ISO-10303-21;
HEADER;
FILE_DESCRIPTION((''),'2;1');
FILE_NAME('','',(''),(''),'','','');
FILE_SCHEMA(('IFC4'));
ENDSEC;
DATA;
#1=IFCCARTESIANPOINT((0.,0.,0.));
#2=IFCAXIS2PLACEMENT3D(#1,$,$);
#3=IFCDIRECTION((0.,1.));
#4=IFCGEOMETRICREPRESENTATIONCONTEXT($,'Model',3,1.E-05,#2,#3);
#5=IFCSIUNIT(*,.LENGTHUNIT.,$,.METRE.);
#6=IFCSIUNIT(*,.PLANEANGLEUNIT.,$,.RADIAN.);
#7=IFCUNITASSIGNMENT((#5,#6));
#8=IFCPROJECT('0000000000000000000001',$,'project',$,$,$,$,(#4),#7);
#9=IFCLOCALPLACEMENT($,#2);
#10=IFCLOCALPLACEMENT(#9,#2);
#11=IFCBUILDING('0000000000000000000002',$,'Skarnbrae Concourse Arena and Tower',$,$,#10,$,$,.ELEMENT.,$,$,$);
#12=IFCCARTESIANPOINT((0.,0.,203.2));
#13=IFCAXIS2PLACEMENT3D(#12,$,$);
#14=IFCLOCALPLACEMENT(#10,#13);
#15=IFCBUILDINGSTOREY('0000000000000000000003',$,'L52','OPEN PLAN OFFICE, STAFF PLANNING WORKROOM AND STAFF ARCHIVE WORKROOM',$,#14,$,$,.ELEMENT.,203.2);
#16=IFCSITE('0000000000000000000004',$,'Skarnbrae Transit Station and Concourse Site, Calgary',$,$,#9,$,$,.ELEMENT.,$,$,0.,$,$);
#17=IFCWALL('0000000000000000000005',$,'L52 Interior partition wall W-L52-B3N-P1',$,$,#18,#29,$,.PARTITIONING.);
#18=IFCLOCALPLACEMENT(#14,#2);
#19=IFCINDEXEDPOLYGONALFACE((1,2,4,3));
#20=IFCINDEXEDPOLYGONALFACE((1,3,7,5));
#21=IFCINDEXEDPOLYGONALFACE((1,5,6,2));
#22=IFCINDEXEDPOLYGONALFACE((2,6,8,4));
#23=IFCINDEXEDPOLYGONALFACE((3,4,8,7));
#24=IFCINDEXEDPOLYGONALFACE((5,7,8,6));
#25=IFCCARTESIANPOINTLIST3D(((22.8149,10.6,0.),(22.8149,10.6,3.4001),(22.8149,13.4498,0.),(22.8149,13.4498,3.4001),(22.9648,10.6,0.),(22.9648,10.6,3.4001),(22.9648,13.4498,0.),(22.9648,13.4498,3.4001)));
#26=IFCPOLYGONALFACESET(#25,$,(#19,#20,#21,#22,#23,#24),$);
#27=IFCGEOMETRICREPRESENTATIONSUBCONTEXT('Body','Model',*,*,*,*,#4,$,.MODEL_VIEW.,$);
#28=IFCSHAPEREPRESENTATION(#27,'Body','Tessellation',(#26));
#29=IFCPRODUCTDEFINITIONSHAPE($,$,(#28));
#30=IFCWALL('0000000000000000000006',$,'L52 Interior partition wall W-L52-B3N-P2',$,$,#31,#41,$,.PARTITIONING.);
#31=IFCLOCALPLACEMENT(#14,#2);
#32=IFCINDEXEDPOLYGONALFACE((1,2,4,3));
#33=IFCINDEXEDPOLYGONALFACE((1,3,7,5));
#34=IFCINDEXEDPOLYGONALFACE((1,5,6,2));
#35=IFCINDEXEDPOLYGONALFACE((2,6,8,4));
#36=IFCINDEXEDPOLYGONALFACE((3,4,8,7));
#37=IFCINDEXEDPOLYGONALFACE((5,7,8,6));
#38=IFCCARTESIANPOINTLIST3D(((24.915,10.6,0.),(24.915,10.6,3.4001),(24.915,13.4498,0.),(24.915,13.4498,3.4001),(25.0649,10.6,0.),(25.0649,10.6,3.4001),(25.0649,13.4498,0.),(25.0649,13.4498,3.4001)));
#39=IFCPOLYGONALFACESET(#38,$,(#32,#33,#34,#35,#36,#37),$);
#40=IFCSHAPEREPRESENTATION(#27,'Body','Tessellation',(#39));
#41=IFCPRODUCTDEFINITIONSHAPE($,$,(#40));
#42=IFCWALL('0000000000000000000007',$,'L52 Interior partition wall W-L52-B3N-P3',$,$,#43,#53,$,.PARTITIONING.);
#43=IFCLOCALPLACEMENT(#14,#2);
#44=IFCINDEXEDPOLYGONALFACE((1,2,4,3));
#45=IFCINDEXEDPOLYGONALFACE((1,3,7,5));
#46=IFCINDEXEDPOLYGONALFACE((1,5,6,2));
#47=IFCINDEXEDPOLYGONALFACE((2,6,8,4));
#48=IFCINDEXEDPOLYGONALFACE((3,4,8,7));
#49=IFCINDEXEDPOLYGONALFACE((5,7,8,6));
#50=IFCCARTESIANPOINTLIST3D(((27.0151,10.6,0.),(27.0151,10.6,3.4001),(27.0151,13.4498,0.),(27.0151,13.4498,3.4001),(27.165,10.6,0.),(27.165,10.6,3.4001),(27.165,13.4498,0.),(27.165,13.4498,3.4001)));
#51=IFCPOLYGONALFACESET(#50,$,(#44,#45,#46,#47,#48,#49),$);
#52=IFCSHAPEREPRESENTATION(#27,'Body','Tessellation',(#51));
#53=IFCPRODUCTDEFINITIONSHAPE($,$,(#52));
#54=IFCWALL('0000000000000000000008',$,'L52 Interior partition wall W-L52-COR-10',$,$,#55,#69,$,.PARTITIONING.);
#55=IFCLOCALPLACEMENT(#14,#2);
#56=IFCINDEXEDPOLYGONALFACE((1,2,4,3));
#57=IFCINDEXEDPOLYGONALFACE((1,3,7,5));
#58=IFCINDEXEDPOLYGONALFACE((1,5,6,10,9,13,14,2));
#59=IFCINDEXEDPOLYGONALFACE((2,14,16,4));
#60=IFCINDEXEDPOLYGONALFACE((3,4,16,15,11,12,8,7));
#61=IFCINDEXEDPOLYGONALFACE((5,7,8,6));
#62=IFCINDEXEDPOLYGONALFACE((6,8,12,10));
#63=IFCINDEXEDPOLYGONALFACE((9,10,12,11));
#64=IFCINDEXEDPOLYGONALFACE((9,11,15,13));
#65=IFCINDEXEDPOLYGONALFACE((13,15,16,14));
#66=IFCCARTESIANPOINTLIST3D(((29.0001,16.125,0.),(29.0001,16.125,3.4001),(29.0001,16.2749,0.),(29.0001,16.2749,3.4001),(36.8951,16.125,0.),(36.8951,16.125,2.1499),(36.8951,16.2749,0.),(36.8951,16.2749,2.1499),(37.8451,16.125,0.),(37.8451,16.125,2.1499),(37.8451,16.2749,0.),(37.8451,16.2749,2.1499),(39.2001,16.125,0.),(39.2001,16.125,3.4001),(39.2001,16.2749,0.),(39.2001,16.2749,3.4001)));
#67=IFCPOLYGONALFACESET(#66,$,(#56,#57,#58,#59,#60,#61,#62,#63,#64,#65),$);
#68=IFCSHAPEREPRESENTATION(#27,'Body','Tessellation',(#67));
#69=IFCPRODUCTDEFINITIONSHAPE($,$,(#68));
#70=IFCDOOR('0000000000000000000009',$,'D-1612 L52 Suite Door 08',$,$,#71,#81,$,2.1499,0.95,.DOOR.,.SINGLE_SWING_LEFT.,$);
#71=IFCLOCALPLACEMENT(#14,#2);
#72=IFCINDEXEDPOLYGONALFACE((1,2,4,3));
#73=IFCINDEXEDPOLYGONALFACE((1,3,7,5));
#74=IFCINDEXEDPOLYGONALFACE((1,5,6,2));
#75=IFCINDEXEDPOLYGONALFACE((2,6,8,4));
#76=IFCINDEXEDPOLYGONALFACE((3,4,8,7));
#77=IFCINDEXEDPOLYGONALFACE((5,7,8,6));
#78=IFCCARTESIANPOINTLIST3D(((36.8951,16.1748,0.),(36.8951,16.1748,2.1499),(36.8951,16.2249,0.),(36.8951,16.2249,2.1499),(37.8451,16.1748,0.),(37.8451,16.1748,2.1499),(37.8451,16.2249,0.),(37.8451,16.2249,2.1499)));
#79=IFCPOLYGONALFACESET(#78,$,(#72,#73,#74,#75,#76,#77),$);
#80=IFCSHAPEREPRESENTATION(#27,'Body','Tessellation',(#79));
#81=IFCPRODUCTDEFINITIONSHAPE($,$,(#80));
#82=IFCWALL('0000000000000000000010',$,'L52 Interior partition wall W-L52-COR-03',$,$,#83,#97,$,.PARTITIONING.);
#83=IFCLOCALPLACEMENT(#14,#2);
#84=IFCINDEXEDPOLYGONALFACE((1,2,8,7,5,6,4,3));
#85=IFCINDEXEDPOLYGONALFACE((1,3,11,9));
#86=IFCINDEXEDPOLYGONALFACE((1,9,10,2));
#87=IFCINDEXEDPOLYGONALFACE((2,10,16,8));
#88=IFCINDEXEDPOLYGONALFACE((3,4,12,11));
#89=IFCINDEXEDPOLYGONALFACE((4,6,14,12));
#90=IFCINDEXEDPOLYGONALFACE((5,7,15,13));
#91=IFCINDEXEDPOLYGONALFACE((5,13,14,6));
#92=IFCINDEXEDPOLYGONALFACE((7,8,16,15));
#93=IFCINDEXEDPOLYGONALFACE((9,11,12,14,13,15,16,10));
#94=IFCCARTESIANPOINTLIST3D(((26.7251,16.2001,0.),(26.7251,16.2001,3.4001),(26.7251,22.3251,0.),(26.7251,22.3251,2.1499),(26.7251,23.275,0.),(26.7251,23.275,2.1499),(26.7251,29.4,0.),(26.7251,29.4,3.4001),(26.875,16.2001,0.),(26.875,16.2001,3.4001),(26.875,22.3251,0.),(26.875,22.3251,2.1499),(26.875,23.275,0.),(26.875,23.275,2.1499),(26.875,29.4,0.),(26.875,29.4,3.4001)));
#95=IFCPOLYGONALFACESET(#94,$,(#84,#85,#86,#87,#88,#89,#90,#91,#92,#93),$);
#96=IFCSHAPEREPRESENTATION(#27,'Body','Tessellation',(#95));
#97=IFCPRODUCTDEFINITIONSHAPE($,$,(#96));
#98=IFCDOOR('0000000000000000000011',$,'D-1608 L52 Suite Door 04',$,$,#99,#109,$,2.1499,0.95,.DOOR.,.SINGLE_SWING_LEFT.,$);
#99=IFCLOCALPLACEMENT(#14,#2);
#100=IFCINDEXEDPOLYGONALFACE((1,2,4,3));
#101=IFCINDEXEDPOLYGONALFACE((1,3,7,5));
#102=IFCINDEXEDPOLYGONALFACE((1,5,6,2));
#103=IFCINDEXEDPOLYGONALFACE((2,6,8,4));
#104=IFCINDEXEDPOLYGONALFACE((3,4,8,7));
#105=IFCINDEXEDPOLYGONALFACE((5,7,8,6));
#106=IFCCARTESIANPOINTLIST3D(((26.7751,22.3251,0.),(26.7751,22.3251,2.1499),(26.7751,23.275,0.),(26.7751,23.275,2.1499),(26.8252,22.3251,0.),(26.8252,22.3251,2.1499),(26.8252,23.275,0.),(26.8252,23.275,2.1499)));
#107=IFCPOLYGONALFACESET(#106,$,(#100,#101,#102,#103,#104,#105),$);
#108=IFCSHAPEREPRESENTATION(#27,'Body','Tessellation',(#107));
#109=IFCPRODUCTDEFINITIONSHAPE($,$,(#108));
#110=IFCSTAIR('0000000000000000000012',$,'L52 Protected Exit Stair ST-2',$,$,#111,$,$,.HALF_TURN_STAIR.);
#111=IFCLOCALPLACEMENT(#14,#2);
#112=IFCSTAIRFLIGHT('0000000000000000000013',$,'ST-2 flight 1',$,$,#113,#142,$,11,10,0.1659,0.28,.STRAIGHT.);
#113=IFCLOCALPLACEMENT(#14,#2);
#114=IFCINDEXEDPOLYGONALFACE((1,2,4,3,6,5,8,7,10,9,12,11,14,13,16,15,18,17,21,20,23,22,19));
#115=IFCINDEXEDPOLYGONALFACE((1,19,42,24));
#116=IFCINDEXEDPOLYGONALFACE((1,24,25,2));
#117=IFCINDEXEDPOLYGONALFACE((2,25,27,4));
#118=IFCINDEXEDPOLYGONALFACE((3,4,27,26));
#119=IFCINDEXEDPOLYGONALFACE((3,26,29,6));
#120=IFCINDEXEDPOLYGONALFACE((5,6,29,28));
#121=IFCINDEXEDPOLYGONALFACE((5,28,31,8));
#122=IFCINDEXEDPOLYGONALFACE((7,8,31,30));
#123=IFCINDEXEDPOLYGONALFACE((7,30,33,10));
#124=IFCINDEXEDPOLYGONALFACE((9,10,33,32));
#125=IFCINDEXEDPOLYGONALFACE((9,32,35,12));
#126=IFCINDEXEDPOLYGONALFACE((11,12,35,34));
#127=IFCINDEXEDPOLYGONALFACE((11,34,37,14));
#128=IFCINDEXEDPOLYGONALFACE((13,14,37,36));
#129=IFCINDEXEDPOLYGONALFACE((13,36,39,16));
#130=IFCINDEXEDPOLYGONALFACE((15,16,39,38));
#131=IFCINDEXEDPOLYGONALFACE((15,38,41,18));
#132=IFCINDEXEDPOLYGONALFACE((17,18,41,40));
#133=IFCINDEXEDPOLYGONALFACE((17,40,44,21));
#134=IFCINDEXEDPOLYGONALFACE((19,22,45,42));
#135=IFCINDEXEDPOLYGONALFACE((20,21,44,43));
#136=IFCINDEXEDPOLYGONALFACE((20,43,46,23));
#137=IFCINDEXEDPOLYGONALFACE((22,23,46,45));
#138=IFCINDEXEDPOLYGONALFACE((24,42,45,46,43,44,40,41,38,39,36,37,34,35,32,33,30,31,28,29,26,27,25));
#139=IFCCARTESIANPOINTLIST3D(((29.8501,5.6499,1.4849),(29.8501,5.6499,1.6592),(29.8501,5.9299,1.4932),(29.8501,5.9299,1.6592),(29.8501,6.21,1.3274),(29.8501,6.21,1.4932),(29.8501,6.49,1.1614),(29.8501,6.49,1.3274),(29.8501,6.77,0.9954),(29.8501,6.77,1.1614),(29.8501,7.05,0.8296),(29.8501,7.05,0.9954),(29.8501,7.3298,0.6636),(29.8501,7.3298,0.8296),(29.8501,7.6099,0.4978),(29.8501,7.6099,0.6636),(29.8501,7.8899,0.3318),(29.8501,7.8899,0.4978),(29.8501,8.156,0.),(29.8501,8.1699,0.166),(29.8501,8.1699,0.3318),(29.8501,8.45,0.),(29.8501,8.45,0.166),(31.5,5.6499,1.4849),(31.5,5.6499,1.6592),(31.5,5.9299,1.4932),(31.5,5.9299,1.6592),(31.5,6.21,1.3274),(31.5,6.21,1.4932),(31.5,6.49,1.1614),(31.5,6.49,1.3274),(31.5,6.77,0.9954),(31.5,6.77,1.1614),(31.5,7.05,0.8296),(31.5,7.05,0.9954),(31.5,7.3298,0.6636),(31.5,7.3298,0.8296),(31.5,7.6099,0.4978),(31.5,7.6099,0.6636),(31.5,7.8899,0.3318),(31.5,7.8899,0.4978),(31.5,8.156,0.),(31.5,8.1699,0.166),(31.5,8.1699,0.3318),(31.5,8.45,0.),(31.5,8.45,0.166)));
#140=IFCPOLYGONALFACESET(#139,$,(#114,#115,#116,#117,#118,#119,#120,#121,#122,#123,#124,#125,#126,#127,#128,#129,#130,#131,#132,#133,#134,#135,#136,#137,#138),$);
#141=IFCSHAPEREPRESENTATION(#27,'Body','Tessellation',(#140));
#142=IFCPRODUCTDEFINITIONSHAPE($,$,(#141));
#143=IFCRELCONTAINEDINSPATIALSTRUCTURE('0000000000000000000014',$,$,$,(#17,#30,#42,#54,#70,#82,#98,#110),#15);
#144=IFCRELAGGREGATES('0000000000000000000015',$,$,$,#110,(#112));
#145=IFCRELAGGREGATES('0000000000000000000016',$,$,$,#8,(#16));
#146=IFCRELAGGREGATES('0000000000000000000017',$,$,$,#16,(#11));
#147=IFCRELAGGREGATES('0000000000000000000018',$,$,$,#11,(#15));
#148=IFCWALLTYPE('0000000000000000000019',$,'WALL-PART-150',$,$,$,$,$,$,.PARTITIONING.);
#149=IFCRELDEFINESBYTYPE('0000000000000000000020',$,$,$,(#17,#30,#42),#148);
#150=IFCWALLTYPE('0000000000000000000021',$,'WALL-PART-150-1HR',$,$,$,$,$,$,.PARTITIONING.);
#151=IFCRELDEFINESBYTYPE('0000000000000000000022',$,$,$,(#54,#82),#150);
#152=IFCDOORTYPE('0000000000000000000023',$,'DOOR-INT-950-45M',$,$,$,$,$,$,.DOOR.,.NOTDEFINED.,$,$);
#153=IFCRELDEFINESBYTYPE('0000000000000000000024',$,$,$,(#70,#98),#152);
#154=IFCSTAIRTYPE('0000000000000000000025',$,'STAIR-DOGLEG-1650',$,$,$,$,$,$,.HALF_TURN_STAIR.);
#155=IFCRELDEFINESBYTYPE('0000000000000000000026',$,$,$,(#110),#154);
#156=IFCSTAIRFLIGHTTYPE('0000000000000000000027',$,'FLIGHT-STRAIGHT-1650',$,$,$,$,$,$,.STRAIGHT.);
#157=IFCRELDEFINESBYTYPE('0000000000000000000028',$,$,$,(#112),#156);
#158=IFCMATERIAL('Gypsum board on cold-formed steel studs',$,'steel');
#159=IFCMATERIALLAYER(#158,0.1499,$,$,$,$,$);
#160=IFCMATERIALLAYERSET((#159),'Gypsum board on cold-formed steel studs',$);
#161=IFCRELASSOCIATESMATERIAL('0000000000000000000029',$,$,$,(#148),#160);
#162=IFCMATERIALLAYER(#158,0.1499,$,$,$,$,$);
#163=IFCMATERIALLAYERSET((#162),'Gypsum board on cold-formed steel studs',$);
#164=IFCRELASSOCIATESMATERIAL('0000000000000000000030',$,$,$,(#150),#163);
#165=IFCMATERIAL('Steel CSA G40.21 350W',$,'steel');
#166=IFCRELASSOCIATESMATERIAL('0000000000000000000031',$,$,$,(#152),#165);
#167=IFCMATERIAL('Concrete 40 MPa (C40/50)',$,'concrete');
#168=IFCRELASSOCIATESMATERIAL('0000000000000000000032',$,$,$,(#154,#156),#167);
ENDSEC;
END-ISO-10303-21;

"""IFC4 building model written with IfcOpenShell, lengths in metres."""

from ifc_helpers import new_model, si_unit, direction, frame, frame_2d, origin, place, context, subcontext, project, spatial, polyline, rectangle, outline, extrude, source, transform, mapped, material, layer, layer_set, type_object, element, fill, aggregate, save


model = new_model("IFC4")

# Units and contexts
model_context = context("Model", 3, precision=1e-05, world=origin(), true_north=direction((0.0, 1.0)))
body_context = subcontext(model_context, "Body", "Model", "MODEL_VIEW")
ifc_project = project(units=[si_unit("LENGTHUNIT", "METRE"), si_unit("PLANEANGLEUNIT", "RADIAN")], contexts=[model_context])

# Site, building, storey
site_placement = place(None, origin())
site = spatial("IfcSite", under=ifc_project, at=site_placement, Name="Skarnbrae Transit Station and Concourse Site, Calgary", CompositionType="ELEMENT", RefElevation=0.0)
building_placement = place(site_placement, origin())
building = spatial("IfcBuilding", under=site, at=building_placement, Name="Skarnbrae Concourse Arena and Tower", CompositionType="ELEMENT")
storey_placement = place(building_placement, frame((0.0, 0.0, 203.2)))
storey = spatial("IfcBuildingStorey", under=building, at=storey_placement, Name="L52", Description="OPEN PLAN OFFICE, STAFF PLANNING WORKROOM AND STAFF ARCHIVE WORKROOM", CompositionType="ELEMENT", Elevation=203.2)

# Shared definitions
ifc_material_1 = material(Name="Steel CSA G40.21 350W", Category="steel")

# Walls
ifc_material_2 = material(Name="Gypsum board on cold-formed steel studs", Category="steel")
ifc_layer_1 = layer(ifc_material_2, 0.1499)
ifc_layer_set_1 = layer_set([ifc_layer_1], Name="Gypsum board on cold-formed steel studs")
wall_type_1 = type_object("IfcWallType", Name="WALL-PART-150", PredefinedType="PARTITIONING", material=ifc_layer_set_1)
shared_shape_1 = source(origin(), body_context, "Body", "SweptSolid", [
    extrude(rectangle(XDim=2.8499, YDim=0.1499, at=frame_2d((1.4248, 0.0))), origin(), (0.0, 0.0, 1.0), 3.4001),
])
for number, where, z_axis, x_axis, name in (
    (1, (22.8899, 10.6001, 0.0), (0.0, 0.0, 1.0), (0.0, 1.0, 0.0), "L52 Interior partition wall W-L52-B3N-P1"),
    (2, (24.99, 10.6001, 0.0), (0.0, 0.0, 1.0), (0.0, 1.0, 0.0), "L52 Interior partition wall W-L52-B3N-P2"),
    (3, (27.0901, 10.6001, 0.0), (0.0, 0.0, 1.0), (0.0, 1.0, 0.0), "L52 Interior partition wall W-L52-B3N-P3"),
):
    element("IfcWall", number, at=place(storey_placement, frame(where, z_axis=z_axis, x_axis=x_axis)), inside=storey, type_object=wall_type_1, Name=name, PredefinedType="PARTITIONING", context=body_context, shape_type="MappedRepresentation", body=[
        mapped(shared_shape_1, transform((0.0, 0.0, 0.0))),
    ])

# Walls, openings, doors
ifc_layer_2 = layer(ifc_material_2, 0.1499)
ifc_layer_set_2 = layer_set([ifc_layer_2], Name="Gypsum board on cold-formed steel studs")
wall_type_2 = type_object("IfcWallType", Name="WALL-PART-150-1HR", PredefinedType="PARTITIONING", material=ifc_layer_set_2)
shared_shape_2 = source(origin(), body_context, "Body", "SweptSolid", [
    extrude(rectangle(XDim=10.2, YDim=0.1499, at=frame_2d((5.1001, 0.0))), origin(), (0.0, 0.0, 1.0), 3.4001),
])
wall_1_placement = place(storey_placement, frame((29.0, 16.2, 0.0), z_axis=(0.0, 0.0, 1.0), x_axis=(1.0, 0.0, 0.0)))
wall_1 = element("IfcWall", 4, at=wall_1_placement, inside=storey, type_object=wall_type_2, Name="L52 Interior partition wall W-L52-COR-10", PredefinedType="PARTITIONING", context=body_context, shape_type="MappedRepresentation", body=[
    mapped(shared_shape_2, transform((0.0, 0.0, 0.0))),
])
opening_1_placement = place(wall_1_placement, frame((7.895, 0.0, 0.0)))
opening_1 = element("IfcOpeningElement", 5, at=opening_1_placement, cuts=wall_1, PredefinedType="OPENING", context=body_context, shape_type="SweptSolid", body=[
    extrude(rectangle(XDim=0.95, YDim=2.1499, at=frame_2d((0.4751, 1.075))), frame((0.0, 0.085, 0.0), z_axis=(0.0, -1.0, 0.0), x_axis=(1.0, 0.0, 0.0)), (0.0, 0.0, 1.0), 0.1699),
])
door_type_1 = type_object("IfcDoorType", Name="DOOR-INT-950-45M", OperationType="NOTDEFINED", PredefinedType="DOOR", material=ifc_material_1)
shared_shape_3 = source(origin(), body_context, "Body", "SweptSolid", [
    extrude(rectangle(XDim=0.95, YDim=2.1499, at=frame_2d((0.4751, 1.075))), frame((0.0, 0.0249, 0.0), z_axis=(0.0, -1.0, 0.0), x_axis=(1.0, 0.0, 0.0)), (0.0, 0.0, 1.0), 0.05),
])
door_1_placement = place(opening_1_placement, origin())
door_1 = element("IfcDoor", 6, at=door_1_placement, inside=storey, type_object=door_type_1, Name="D-1612 L52 Suite Door 08", OperationType="SINGLE_SWING_LEFT", OverallHeight=2.1499, OverallWidth=0.95, PredefinedType="DOOR", context=body_context, shape_type="MappedRepresentation", body=[
    mapped(shared_shape_3, transform((0.0, 0.0, 0.0))),
])
fill(opening_1, door_1)
shared_shape_4 = source(origin(), body_context, "Body", "SweptSolid", [
    extrude(rectangle(XDim=13.2, YDim=0.1499, at=frame_2d((6.6001, 0.0))), origin(), (0.0, 0.0, 1.0), 3.4001),
])
wall_2_placement = place(storey_placement, frame((26.8, 16.2, 0.0), z_axis=(0.0, 0.0, 1.0), x_axis=(0.0, 1.0, 0.0)))
wall_2 = element("IfcWall", 7, at=wall_2_placement, inside=storey, type_object=wall_type_2, Name="L52 Interior partition wall W-L52-COR-03", PredefinedType="PARTITIONING", context=body_context, shape_type="MappedRepresentation", body=[
    mapped(shared_shape_4, transform((0.0, 0.0, 0.0))),
])
opening_2_placement = place(wall_2_placement, frame((6.125, 0.0, 0.0)))
opening_2 = element("IfcOpeningElement", 8, at=opening_2_placement, cuts=wall_2, PredefinedType="OPENING", context=body_context, shape_type="SweptSolid", body=[
    extrude(rectangle(XDim=0.95, YDim=2.1499, at=frame_2d((0.4751, 1.075))), frame((0.0, 0.085, 0.0), z_axis=(0.0, -1.0, 0.0), x_axis=(1.0, 0.0, 0.0)), (0.0, 0.0, 1.0), 0.1699),
])
door_2_placement = place(opening_2_placement, origin())
door_2 = element("IfcDoor", 9, at=door_2_placement, inside=storey, type_object=door_type_1, Name="D-1608 L52 Suite Door 04", OperationType="SINGLE_SWING_LEFT", OverallHeight=2.1499, OverallWidth=0.95, PredefinedType="DOOR", context=body_context, shape_type="MappedRepresentation", body=[
    mapped(shared_shape_3, transform((0.0, 0.0, 0.0))),
])
fill(opening_2, door_2)

# Stair, stair flight
ifc_material_3 = material(Name="Concrete 40 MPa (C40/50)", Category="concrete")
stair_type = type_object("IfcStairType", Name="STAIR-DOGLEG-1650", PredefinedType="HALF_TURN_STAIR", material=ifc_material_3)
stair_placement = place(storey_placement, origin())
stair = element("IfcStair", 10, at=stair_placement, inside=storey, type_object=stair_type, Name="L52 Protected Exit Stair ST-2", PredefinedType="HALF_TURN_STAIR")
stair_flight_type = type_object("IfcStairFlightType", Name="FLIGHT-STRAIGHT-1650", PredefinedType="STRAIGHT", material=ifc_material_3)
shared_shape_5 = source(origin(), body_context, "Body", "SweptSolid", [
    extrude(outline(polyline([(0.0, 0.0), (0.0, 0.166), (0.28, 0.166), (0.28, 0.3318), (0.5601, 0.3318), (0.5601, 0.4978), (0.8401, 0.4978), (0.8401, 0.6636), (1.1201, 0.6636), (1.1201, 0.8296), (1.3999, 0.8296), (1.3999, 0.9954), (1.6799, 0.9954), (1.6799, 1.1614), (1.96, 1.1614), (1.96, 1.3274), (2.24, 1.3274), (2.24, 1.4932), (2.52, 1.4932), (2.52, 1.6592), (2.8, 1.6592), (2.8, 1.825), (2.8, 1.4849), (0.2939, 0.0), (0.0, 0.0)])), frame((0.0, 0.825, 0.0), z_axis=(0.0, -1.0, 0.0), x_axis=(1.0, 0.0, 0.0)), (0.0, 0.0, 1.0), 1.6499),
])
stair_flight_placement = place(storey_placement, frame((30.675, 8.45, 0.0), z_axis=(0.0, 0.0, 1.0), x_axis=(0.0, -1.0, 0.0)))
stair_flight = element("IfcStairFlight", 11, at=stair_flight_placement, type_object=stair_flight_type, Name="ST-2 flight 1", NumberOfRisers=11, NumberOfTreads=10, PredefinedType="STRAIGHT", RiserHeight=0.1659, TreadLength=0.28, context=body_context, shape_type="MappedRepresentation", body=[
    mapped(shared_shape_5, transform((0.0, 0.0, 0.0))),
])
aggregate(stair, [stair_flight])

save(model, "model.ifc")
